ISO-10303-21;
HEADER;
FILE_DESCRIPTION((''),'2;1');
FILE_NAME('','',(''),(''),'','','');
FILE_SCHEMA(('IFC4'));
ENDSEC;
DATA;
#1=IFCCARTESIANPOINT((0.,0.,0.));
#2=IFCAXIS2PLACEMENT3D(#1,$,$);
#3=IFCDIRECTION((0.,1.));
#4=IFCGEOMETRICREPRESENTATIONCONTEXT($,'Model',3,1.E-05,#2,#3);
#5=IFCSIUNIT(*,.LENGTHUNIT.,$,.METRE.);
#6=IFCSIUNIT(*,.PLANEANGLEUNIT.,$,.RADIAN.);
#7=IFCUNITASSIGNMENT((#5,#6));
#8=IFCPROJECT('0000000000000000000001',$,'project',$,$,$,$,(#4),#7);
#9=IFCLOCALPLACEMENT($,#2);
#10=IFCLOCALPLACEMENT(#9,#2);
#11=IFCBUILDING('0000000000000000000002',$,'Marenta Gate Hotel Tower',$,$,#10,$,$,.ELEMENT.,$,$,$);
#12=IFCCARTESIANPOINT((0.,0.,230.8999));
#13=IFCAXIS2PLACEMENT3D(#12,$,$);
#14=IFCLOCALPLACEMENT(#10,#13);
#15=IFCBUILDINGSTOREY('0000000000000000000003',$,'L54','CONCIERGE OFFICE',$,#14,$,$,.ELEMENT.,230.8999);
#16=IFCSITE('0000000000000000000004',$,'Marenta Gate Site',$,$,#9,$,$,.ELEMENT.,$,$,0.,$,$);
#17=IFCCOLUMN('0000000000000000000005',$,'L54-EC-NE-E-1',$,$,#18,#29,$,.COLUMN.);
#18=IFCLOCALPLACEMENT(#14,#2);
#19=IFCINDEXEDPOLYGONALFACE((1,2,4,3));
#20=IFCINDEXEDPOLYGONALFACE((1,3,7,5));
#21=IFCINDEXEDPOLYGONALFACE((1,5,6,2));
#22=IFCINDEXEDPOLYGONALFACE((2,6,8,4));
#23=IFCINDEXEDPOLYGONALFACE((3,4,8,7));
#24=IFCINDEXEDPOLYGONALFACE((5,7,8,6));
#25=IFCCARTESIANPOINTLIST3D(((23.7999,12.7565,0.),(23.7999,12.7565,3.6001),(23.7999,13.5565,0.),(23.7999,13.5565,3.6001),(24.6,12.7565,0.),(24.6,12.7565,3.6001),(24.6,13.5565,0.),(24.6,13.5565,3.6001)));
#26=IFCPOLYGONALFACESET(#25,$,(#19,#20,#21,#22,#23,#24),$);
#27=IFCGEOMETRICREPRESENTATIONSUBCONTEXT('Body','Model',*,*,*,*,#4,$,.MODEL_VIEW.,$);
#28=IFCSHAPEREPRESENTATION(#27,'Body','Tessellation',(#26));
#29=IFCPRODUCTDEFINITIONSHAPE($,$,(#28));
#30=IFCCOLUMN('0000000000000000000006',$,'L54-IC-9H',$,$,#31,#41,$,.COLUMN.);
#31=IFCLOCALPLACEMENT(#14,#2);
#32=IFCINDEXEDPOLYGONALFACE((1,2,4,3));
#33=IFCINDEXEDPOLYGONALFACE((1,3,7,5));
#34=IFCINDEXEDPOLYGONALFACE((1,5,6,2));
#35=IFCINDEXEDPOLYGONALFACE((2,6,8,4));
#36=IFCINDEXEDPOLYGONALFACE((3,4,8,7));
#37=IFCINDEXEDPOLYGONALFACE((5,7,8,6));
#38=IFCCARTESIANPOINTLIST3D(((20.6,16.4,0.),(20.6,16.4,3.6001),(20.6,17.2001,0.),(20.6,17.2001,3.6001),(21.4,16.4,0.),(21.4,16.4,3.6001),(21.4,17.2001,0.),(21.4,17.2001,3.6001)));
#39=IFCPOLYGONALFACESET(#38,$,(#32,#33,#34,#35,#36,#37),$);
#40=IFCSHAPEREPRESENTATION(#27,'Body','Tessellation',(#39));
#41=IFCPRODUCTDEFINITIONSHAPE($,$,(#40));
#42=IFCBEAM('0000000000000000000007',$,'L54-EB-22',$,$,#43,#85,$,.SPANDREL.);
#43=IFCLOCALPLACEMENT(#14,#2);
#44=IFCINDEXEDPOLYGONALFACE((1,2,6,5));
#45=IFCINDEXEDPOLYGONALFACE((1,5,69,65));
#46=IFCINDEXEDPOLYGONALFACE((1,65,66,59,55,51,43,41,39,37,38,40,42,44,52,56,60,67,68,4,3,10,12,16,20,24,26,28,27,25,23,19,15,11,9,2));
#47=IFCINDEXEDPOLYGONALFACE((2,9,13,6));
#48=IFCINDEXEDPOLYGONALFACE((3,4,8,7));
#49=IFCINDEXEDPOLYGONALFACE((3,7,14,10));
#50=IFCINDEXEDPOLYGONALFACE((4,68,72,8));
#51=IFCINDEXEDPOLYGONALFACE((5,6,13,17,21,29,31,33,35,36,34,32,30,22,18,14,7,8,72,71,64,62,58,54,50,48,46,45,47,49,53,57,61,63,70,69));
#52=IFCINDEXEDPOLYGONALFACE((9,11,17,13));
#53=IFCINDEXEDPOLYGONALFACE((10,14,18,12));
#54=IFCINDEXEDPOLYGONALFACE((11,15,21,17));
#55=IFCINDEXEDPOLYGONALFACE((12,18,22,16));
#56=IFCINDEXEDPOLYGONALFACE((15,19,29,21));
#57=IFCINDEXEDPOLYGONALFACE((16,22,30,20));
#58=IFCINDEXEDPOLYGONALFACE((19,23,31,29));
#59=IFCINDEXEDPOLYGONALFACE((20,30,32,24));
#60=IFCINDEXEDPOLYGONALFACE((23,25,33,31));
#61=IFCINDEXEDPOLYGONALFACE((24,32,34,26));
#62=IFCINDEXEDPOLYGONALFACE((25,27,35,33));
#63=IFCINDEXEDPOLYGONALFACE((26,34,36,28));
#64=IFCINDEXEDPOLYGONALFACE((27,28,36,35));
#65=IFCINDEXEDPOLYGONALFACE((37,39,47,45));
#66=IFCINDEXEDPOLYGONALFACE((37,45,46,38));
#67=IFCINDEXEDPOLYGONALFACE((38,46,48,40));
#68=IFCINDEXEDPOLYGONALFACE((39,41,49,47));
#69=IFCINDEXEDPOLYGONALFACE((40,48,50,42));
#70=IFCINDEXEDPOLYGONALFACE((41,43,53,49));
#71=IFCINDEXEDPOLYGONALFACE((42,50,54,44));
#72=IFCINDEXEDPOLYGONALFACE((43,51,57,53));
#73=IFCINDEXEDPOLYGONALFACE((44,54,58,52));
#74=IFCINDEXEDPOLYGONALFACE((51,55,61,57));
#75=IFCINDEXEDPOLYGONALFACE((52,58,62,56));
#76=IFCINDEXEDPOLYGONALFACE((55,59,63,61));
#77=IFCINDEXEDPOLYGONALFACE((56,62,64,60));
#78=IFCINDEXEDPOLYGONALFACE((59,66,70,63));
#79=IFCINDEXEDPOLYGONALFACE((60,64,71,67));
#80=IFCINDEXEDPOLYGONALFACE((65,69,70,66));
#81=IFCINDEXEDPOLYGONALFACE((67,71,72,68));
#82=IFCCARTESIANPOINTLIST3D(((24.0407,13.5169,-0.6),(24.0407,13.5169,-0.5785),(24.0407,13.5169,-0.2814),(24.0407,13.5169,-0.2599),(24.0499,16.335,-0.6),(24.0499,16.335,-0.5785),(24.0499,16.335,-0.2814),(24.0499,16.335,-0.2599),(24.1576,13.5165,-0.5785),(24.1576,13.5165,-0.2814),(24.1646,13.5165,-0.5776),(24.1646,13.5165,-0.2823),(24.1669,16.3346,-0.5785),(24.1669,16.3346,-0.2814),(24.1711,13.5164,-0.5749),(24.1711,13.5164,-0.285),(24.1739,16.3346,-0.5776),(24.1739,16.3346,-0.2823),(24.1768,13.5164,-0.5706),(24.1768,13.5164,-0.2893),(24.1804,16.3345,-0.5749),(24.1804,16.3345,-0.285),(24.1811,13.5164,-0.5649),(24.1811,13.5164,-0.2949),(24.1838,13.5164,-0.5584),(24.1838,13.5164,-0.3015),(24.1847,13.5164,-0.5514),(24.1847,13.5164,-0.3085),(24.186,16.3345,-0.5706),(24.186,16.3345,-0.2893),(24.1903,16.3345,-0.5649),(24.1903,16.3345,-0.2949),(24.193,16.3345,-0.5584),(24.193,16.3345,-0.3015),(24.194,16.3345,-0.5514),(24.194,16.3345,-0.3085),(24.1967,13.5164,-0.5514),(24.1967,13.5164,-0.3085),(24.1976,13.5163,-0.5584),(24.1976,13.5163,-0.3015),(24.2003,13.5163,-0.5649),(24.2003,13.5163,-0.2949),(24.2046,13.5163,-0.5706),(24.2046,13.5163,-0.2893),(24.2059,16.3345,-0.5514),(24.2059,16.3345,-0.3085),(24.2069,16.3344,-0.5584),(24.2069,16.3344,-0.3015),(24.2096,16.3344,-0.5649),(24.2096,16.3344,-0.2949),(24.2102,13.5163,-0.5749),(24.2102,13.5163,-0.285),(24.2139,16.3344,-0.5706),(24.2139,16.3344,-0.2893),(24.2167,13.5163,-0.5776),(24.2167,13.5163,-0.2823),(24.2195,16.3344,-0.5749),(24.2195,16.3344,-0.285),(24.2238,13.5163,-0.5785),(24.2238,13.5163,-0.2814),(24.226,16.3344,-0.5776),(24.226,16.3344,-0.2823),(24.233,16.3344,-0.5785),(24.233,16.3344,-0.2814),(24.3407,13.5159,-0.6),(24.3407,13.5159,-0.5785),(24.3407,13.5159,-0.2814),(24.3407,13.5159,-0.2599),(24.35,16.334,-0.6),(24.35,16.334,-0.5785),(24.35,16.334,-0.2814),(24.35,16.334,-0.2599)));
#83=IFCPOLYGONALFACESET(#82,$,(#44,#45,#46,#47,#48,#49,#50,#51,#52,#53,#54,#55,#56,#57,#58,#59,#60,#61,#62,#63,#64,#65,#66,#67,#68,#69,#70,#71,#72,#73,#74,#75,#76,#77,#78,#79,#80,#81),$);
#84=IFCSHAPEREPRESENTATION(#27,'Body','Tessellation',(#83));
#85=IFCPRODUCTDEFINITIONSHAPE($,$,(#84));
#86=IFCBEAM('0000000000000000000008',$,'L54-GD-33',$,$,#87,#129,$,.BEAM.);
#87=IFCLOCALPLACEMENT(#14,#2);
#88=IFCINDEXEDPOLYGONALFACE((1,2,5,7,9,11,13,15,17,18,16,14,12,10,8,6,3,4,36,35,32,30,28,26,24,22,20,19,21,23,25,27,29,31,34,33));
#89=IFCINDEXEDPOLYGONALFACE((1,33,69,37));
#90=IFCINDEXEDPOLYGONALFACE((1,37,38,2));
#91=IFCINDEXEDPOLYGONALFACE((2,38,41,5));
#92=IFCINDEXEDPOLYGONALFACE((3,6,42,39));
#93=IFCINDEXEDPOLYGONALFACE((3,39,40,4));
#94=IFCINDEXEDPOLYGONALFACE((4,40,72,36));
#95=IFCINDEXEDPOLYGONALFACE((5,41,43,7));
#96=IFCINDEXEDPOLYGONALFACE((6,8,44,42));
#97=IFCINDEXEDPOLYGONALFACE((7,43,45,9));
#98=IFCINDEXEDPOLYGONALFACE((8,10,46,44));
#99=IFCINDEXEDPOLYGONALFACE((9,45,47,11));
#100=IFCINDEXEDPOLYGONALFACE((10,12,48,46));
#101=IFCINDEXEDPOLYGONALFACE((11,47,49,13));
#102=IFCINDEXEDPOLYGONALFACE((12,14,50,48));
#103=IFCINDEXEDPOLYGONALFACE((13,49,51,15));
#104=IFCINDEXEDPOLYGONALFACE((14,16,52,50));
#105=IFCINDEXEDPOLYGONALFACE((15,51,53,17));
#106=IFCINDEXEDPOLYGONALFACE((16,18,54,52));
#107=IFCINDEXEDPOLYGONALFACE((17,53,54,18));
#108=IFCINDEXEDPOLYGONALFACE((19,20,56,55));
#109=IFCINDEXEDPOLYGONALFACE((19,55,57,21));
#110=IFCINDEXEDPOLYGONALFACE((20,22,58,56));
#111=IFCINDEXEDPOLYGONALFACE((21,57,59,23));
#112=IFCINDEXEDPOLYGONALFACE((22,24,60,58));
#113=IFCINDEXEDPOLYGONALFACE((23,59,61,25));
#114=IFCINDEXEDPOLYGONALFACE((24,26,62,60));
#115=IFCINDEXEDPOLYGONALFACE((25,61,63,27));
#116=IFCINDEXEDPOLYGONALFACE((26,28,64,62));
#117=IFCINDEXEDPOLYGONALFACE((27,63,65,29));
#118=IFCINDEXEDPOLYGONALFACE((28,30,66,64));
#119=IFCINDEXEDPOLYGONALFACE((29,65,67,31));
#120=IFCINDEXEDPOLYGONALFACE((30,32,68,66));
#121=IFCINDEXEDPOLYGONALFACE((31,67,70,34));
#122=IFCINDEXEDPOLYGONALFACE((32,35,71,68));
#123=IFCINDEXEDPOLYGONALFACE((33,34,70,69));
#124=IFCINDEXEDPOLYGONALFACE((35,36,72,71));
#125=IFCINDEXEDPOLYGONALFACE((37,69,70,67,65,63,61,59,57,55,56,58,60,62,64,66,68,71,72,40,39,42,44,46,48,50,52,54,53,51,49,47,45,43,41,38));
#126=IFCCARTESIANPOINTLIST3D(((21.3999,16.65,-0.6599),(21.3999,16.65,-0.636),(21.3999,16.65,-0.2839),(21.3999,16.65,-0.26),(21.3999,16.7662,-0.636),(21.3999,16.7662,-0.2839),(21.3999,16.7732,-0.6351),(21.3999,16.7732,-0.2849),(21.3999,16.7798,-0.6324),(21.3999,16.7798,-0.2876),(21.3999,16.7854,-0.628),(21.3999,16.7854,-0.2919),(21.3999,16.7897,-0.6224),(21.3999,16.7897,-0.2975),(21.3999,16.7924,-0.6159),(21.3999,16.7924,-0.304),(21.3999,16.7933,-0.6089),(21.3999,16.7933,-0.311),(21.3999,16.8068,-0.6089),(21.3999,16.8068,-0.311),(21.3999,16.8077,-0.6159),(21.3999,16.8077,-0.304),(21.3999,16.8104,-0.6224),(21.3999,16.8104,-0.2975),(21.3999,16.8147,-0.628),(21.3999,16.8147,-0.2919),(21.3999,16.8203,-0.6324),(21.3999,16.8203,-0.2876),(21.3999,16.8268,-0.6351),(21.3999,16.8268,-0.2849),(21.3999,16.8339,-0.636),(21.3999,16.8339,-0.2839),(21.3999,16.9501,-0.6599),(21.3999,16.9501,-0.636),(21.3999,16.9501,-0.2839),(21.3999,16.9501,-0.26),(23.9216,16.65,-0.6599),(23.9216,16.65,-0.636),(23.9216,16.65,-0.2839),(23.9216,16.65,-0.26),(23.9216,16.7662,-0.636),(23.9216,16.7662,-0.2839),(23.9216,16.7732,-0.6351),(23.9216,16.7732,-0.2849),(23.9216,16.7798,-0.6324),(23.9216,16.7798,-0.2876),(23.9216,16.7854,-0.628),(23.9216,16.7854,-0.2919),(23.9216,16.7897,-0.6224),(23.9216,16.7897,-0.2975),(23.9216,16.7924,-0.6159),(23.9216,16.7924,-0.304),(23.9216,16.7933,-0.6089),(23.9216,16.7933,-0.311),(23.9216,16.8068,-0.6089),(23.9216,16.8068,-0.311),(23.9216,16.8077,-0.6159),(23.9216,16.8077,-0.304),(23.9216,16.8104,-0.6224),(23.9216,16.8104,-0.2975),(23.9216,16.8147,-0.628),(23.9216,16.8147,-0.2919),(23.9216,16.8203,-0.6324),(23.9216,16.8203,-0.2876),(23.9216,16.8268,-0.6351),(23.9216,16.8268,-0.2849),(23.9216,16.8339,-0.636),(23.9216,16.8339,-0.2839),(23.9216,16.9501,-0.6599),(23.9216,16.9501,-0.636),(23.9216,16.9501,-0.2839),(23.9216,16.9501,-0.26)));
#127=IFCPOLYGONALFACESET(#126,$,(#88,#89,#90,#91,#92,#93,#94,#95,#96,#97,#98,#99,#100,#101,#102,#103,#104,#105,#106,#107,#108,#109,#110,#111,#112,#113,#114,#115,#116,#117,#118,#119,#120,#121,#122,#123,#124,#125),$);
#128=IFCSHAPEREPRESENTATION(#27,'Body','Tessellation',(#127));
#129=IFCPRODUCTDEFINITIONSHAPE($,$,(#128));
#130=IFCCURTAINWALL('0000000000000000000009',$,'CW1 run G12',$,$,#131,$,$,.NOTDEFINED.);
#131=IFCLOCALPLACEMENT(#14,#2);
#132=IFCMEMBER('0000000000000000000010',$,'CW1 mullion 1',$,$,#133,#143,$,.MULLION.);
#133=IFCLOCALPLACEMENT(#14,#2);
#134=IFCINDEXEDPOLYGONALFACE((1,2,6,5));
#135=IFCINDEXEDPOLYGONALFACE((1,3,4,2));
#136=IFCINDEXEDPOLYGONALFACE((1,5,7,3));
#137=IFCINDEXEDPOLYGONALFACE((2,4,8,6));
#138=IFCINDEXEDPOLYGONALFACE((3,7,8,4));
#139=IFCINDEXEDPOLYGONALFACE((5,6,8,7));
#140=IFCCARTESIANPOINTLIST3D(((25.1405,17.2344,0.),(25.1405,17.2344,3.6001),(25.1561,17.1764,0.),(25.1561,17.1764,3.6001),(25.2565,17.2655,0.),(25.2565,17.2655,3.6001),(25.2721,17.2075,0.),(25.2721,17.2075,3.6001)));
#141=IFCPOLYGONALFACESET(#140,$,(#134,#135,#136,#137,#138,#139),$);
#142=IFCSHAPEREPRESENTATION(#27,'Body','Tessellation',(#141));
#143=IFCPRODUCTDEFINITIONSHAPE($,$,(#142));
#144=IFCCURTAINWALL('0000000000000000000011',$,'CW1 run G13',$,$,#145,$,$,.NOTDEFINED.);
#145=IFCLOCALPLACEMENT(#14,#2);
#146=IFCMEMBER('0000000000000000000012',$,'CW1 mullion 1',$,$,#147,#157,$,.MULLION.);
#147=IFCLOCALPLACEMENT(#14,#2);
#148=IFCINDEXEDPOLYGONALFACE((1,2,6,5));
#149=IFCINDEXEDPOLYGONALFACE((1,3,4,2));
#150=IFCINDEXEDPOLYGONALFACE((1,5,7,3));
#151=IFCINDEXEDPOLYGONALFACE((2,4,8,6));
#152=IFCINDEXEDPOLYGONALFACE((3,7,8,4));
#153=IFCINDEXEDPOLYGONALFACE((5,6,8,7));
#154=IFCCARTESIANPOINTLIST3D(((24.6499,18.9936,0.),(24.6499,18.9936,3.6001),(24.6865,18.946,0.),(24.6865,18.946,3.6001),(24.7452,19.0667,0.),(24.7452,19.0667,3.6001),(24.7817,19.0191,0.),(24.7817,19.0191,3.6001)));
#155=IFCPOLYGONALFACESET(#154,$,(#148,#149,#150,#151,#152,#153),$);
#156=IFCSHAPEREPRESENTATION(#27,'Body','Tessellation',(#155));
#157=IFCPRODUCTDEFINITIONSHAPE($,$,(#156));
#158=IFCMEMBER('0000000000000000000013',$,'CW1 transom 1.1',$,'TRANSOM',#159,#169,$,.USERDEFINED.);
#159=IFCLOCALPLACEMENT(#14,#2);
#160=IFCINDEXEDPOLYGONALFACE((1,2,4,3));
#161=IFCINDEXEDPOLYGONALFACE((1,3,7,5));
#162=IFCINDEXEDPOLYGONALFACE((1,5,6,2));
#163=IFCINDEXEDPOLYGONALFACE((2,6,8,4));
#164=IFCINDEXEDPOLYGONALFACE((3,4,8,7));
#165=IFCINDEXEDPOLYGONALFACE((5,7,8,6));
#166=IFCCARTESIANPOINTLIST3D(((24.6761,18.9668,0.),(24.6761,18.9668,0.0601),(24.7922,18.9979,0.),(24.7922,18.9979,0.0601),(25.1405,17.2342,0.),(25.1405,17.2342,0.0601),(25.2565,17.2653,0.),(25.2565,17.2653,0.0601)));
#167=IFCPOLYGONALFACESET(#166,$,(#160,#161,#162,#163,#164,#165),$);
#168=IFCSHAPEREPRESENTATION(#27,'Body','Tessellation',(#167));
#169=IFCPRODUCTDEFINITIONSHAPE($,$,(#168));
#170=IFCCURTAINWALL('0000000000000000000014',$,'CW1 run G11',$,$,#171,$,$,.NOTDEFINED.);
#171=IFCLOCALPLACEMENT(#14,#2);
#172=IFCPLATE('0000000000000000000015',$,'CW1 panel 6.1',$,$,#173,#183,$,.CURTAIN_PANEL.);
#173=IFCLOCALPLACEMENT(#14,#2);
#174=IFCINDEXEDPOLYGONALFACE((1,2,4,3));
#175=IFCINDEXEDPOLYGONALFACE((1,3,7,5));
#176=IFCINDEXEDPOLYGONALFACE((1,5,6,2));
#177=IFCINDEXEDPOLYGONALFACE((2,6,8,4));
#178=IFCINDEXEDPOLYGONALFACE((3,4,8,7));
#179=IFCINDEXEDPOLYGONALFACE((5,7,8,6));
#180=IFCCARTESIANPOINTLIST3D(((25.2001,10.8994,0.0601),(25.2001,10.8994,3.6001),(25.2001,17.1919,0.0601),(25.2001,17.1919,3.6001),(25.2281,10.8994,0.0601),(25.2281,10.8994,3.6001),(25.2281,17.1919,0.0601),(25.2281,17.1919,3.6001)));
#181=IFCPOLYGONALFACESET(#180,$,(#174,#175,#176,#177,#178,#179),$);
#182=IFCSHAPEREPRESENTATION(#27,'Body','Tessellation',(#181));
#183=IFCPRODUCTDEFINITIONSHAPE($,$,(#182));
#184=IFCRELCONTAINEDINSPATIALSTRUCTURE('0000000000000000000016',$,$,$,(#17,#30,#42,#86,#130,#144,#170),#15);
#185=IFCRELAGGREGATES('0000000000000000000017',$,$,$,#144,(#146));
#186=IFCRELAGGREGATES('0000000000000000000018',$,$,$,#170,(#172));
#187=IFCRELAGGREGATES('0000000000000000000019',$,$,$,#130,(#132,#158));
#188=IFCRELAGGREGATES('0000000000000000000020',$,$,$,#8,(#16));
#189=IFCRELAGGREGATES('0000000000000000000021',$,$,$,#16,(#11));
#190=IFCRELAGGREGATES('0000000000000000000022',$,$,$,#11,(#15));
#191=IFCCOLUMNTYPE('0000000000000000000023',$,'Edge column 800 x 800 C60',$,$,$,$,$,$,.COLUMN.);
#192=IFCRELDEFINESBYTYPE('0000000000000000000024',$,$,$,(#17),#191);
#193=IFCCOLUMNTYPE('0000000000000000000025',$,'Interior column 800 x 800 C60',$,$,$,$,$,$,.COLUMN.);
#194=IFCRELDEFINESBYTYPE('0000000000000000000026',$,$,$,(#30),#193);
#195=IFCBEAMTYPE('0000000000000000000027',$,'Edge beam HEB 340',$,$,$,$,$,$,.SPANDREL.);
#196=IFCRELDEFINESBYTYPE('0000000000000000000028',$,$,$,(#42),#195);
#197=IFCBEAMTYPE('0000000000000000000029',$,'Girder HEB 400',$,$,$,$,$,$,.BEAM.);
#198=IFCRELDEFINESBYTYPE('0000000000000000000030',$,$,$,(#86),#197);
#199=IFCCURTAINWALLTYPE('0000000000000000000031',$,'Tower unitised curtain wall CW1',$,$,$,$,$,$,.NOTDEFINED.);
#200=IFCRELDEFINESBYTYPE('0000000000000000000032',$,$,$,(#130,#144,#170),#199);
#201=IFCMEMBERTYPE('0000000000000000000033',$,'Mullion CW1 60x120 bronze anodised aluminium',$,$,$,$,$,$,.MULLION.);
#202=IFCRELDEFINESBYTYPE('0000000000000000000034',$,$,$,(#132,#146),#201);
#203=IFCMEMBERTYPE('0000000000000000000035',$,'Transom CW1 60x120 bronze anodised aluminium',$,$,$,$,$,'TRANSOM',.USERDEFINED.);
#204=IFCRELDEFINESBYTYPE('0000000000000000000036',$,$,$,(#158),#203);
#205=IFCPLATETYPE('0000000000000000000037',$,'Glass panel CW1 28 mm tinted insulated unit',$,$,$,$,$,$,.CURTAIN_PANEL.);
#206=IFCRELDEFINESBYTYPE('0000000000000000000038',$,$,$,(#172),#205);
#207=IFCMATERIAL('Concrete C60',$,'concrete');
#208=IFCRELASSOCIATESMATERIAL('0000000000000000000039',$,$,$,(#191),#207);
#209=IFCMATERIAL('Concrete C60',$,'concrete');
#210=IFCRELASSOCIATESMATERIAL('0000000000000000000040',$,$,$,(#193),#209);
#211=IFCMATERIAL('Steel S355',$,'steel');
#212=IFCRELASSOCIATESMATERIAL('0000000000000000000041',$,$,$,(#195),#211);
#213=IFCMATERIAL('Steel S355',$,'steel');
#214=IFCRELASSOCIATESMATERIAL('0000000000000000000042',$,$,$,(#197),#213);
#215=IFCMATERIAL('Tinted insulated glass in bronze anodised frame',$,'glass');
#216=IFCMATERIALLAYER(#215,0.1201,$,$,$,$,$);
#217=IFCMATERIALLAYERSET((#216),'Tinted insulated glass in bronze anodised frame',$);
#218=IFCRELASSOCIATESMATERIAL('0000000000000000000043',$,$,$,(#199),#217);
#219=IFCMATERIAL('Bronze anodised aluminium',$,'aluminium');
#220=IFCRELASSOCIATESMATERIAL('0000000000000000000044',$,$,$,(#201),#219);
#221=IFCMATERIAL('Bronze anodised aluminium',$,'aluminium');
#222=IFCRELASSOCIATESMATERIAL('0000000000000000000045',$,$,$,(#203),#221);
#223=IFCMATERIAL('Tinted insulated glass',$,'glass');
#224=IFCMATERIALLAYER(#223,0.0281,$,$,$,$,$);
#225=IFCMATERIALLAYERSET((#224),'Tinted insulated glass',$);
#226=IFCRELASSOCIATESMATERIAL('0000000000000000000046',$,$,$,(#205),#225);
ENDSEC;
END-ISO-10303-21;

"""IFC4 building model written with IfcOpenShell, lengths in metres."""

from ifc_helpers import new_model, si_unit, direction, frame, origin, origin_2d, place, context, subcontext, project, spatial, rectangle, i_section, extrude, material, layer, layer_set, material_profile, profile_set, type_object, element, aggregate, save


model = new_model("IFC4")

# Units and contexts
model_context = context("Model", 3, precision=1e-05, world=origin(), true_north=direction((0.0, 1.0)))
body_context = subcontext(model_context, "Body", "Model", "MODEL_VIEW")
ifc_project = project(units=[si_unit("LENGTHUNIT", "METRE"), si_unit("PLANEANGLEUNIT", "RADIAN")], contexts=[model_context])

# Site, building, storey
site_placement = place(None, origin())
site = spatial("IfcSite", under=ifc_project, at=site_placement, Name="Marenta Gate Site", CompositionType="ELEMENT", RefElevation=0.0)
building_placement = place(site_placement, origin())
building = spatial("IfcBuilding", under=site, at=building_placement, Name="Marenta Gate Hotel Tower", CompositionType="ELEMENT")
storey_placement = place(building_placement, frame((0.0, 0.0, 230.8999)))
storey = spatial("IfcBuildingStorey", under=building, at=storey_placement, Name="L54", Description="CONCIERGE OFFICE", CompositionType="ELEMENT", Elevation=230.8999)

# Columns
ifc_material_1 = material(Name="Concrete C60", Category="concrete")
ifc_material_profile_1 = material_profile(ifc_material_1, rectangle(XDim=0.8, YDim=0.8, at=origin_2d()), Name="800 x 800")
ifc_profile_set_1 = profile_set([ifc_material_profile_1], Name="Concrete C60")
column_type_1 = type_object("IfcColumnType", Name="Edge column 800 x 800 C60", PredefinedType="COLUMN", material=ifc_profile_set_1)
column_1_placement = place(storey_placement, frame((24.2, 13.1565, 0.0), z_axis=(0.0, 0.0, 1.0), x_axis=(1.0, 0.0, 0.0)))
element("IfcColumn", 1, at=column_1_placement, inside=storey, type_object=column_type_1, Name="L54-EC-NE-E-1", PredefinedType="COLUMN", context=body_context, shape_type="SweptSolid", body=[
    extrude(rectangle(XDim=0.8, YDim=0.8, at=origin_2d()), origin(), (0.0, 0.0, 1.0), 3.6001),
])
ifc_material_2 = material(Name="Concrete C60", Category="concrete")
ifc_material_profile_2 = material_profile(ifc_material_2, rectangle(XDim=0.8, YDim=0.8, at=origin_2d()), Name="800 x 800")
ifc_profile_set_2 = profile_set([ifc_material_profile_2], Name="Concrete C60")
column_type_2 = type_object("IfcColumnType", Name="Interior column 800 x 800 C60", PredefinedType="COLUMN", material=ifc_profile_set_2)
column_2_placement = place(storey_placement, frame((21.0, 16.8, 0.0), z_axis=(0.0, 0.0, 1.0), x_axis=(1.0, 0.0, 0.0)))
element("IfcColumn", 2, at=column_2_placement, inside=storey, type_object=column_type_2, Name="L54-IC-9H", PredefinedType="COLUMN", context=body_context, shape_type="SweptSolid", body=[
    extrude(rectangle(XDim=0.8, YDim=0.8, at=origin_2d()), origin(), (0.0, 0.0, 1.0), 3.6001),
])

# Beams
ifc_material_3 = material(Name="Steel S355", Category="steel")
ifc_material_profile_3 = material_profile(ifc_material_3, i_section(OverallWidth=0.3, OverallDepth=0.3401, WebThickness=0.012, FlangeThickness=0.0215, FilletRadius=0.0271, at=origin_2d()), Name="HEB 340")
ifc_profile_set_3 = profile_set([ifc_material_profile_3], Name="Steel S355")
beam_type_1 = type_object("IfcBeamType", Name="Edge beam HEB 340", PredefinedType="SPANDREL", material=ifc_profile_set_3)
beam_1_placement = place(storey_placement, frame((24.2, 16.3345, -0.4299), z_axis=(-0.003292, -0.999995, 0.0), x_axis=(0.999995, -0.003292, 0.0)))
element("IfcBeam", 3, at=beam_1_placement, inside=storey, type_object=beam_type_1, Name="L54-EB-22", PredefinedType="SPANDREL", context=body_context, shape_type="SweptSolid", body=[
    extrude(i_section(OverallWidth=0.3, OverallDepth=0.3401, WebThickness=0.012, FlangeThickness=0.0215, FilletRadius=0.0271, at=origin_2d()), origin(), (0.0, 0.0, 1.0), 2.8181),
])
ifc_material_4 = material(Name="Steel S355", Category="steel")
ifc_material_profile_4 = material_profile(ifc_material_4, i_section(OverallWidth=0.3, OverallDepth=0.3999, WebThickness=0.0134, FlangeThickness=0.0239, FilletRadius=0.0271, at=origin_2d()), Name="HEB 400")
ifc_profile_set_4 = profile_set([ifc_material_profile_4], Name="Steel S355")
beam_type_2 = type_object("IfcBeamType", Name="Girder HEB 400", PredefinedType="BEAM", material=ifc_profile_set_4)
beam_2_placement = place(storey_placement, frame((21.3999, 16.8, -0.46), z_axis=(1.0, 0.0, 0.0), x_axis=(0.0, 1.0, 0.0)))
element("IfcBeam", 4, at=beam_2_placement, inside=storey, type_object=beam_type_2, Name="L54-GD-33", PredefinedType="BEAM", context=body_context, shape_type="SweptSolid", body=[
    extrude(i_section(OverallWidth=0.3, OverallDepth=0.3999, WebThickness=0.0134, FlangeThickness=0.0239, FilletRadius=0.0271, at=origin_2d()), origin(), (0.0, 0.0, 1.0), 2.5217),
])

# Curtain walls, members
ifc_material_5 = material(Name="Tinted insulated glass in bronze anodised frame", Category="glass")
ifc_layer_1 = layer(ifc_material_5, 0.1201)
ifc_layer_set_1 = layer_set([ifc_layer_1], Name="Tinted insulated glass in bronze anodised frame")
curtain_wall_type = type_object("IfcCurtainWallType", Name="Tower unitised curtain wall CW1", PredefinedType="NOTDEFINED", material=ifc_layer_set_1)
curtain_wall_1_placement = place(storey_placement, origin())
curtain_wall_1 = element("IfcCurtainWall", 5, at=curtain_wall_1_placement, inside=storey, type_object=curtain_wall_type, Name="CW1 run G12", PredefinedType="NOTDEFINED")
ifc_material_6 = material(Name="Bronze anodised aluminium", Category="aluminium")
ifc_material_profile_5 = material_profile(ifc_material_6, rectangle(XDim=0.1201, YDim=0.0601, at=origin_2d()), Name="Mullion CW1 60x120 bronze anodised aluminium")
ifc_profile_set_5 = profile_set([ifc_material_profile_5], Name="Bronze anodised aluminium")
member_type_1 = type_object("IfcMemberType", Name="Mullion CW1 60x120 bronze anodised aluminium", PredefinedType="MULLION", material=ifc_profile_set_5)
member_1_placement = place(storey_placement, frame((25.2063, 17.2209, 0.0), z_axis=(0.0, 0.0, 1.0), x_axis=(-0.965924, -0.258824, 0.0)))
member_1 = element("IfcMember", 6, at=member_1_placement, type_object=member_type_1, Name="CW1 mullion 1", PredefinedType="MULLION", context=body_context, shape_type="SweptSolid", body=[
    extrude(rectangle(XDim=0.1201, YDim=0.0601, at=origin_2d()), origin(), (0.0, 0.0, 1.0), 3.6001),
])
curtain_wall_2_placement = place(storey_placement, origin())
curtain_wall_2 = element("IfcCurtainWall", 7, at=curtain_wall_2_placement, inside=storey, type_object=curtain_wall_type, Name="CW1 run G13", PredefinedType="NOTDEFINED")
member_2_placement = place(storey_placement, frame((24.7158, 19.0063, 0.0), z_axis=(0.0, 0.0, 1.0), x_axis=(-0.793333, -0.608787, 0.0)))
member_2 = element("IfcMember", 8, at=member_2_placement, type_object=member_type_1, Name="CW1 mullion 1", PredefinedType="MULLION", context=body_context, shape_type="SweptSolid", body=[
    extrude(rectangle(XDim=0.1201, YDim=0.0601, at=origin_2d()), origin(), (0.0, 0.0, 1.0), 3.6001),
])
aggregate(curtain_wall_2, [member_2])

# Member
ifc_material_7 = material(Name="Bronze anodised aluminium", Category="aluminium")
ifc_material_profile_6 = material_profile(ifc_material_7, rectangle(XDim=0.1201, YDim=0.0601, at=origin_2d()), Name="Transom CW1 60x120 bronze anodised aluminium")
ifc_profile_set_6 = profile_set([ifc_material_profile_6], Name="Bronze anodised aluminium")
member_type_2 = type_object("IfcMemberType", Name="Transom CW1 60x120 bronze anodised aluminium", ElementType="TRANSOM", PredefinedType="USERDEFINED", material=ifc_profile_set_6)
member_3_placement = place(storey_placement, frame((25.1985, 17.2498, 0.03), z_axis=(-0.258865, 0.965913, 0.0), x_axis=(-0.965913, -0.258865, 0.0)))
member_3 = element("IfcMember", 9, at=member_3_placement, type_object=member_type_2, Name="CW1 transom 1.1", ObjectType="TRANSOM", PredefinedType="USERDEFINED", context=body_context, shape_type="SweptSolid", body=[
    extrude(rectangle(XDim=0.1201, YDim=0.0601, at=origin_2d()), origin(), (0.0, 0.0, 1.0), 1.7937),
])

# Curtain wall, plate
curtain_wall_3_placement = place(storey_placement, origin())
curtain_wall_3 = element("IfcCurtainWall", 10, at=curtain_wall_3_placement, inside=storey, type_object=curtain_wall_type, Name="CW1 run G11", PredefinedType="NOTDEFINED")
ifc_material_8 = material(Name="Tinted insulated glass", Category="glass")
ifc_layer_2 = layer(ifc_material_8, 0.0281)
ifc_layer_set_2 = layer_set([ifc_layer_2], Name="Tinted insulated glass")
plate_type = type_object("IfcPlateType", Name="Glass panel CW1 28 mm tinted insulated unit", PredefinedType="CURTAIN_PANEL", material=ifc_layer_set_2)
plate_1_placement = place(storey_placement, frame((25.2141, 14.0457, 0.0601), z_axis=(0.0, 0.0, 1.0), x_axis=(0.0, 1.0, 0.0)))
plate_1 = element("IfcPlate", 11, at=plate_1_placement, type_object=plate_type, Name="CW1 panel 6.1", PredefinedType="CURTAIN_PANEL", context=body_context, shape_type="SweptSolid", body=[
    extrude(rectangle(XDim=6.2925, YDim=0.0281, at=origin_2d()), origin(), (0.0, 0.0, 1.0), 3.54),
])
aggregate(curtain_wall_3, [plate_1])

aggregate(curtain_wall_1, [member_1, member_3])

save(model, "model.ifc")
